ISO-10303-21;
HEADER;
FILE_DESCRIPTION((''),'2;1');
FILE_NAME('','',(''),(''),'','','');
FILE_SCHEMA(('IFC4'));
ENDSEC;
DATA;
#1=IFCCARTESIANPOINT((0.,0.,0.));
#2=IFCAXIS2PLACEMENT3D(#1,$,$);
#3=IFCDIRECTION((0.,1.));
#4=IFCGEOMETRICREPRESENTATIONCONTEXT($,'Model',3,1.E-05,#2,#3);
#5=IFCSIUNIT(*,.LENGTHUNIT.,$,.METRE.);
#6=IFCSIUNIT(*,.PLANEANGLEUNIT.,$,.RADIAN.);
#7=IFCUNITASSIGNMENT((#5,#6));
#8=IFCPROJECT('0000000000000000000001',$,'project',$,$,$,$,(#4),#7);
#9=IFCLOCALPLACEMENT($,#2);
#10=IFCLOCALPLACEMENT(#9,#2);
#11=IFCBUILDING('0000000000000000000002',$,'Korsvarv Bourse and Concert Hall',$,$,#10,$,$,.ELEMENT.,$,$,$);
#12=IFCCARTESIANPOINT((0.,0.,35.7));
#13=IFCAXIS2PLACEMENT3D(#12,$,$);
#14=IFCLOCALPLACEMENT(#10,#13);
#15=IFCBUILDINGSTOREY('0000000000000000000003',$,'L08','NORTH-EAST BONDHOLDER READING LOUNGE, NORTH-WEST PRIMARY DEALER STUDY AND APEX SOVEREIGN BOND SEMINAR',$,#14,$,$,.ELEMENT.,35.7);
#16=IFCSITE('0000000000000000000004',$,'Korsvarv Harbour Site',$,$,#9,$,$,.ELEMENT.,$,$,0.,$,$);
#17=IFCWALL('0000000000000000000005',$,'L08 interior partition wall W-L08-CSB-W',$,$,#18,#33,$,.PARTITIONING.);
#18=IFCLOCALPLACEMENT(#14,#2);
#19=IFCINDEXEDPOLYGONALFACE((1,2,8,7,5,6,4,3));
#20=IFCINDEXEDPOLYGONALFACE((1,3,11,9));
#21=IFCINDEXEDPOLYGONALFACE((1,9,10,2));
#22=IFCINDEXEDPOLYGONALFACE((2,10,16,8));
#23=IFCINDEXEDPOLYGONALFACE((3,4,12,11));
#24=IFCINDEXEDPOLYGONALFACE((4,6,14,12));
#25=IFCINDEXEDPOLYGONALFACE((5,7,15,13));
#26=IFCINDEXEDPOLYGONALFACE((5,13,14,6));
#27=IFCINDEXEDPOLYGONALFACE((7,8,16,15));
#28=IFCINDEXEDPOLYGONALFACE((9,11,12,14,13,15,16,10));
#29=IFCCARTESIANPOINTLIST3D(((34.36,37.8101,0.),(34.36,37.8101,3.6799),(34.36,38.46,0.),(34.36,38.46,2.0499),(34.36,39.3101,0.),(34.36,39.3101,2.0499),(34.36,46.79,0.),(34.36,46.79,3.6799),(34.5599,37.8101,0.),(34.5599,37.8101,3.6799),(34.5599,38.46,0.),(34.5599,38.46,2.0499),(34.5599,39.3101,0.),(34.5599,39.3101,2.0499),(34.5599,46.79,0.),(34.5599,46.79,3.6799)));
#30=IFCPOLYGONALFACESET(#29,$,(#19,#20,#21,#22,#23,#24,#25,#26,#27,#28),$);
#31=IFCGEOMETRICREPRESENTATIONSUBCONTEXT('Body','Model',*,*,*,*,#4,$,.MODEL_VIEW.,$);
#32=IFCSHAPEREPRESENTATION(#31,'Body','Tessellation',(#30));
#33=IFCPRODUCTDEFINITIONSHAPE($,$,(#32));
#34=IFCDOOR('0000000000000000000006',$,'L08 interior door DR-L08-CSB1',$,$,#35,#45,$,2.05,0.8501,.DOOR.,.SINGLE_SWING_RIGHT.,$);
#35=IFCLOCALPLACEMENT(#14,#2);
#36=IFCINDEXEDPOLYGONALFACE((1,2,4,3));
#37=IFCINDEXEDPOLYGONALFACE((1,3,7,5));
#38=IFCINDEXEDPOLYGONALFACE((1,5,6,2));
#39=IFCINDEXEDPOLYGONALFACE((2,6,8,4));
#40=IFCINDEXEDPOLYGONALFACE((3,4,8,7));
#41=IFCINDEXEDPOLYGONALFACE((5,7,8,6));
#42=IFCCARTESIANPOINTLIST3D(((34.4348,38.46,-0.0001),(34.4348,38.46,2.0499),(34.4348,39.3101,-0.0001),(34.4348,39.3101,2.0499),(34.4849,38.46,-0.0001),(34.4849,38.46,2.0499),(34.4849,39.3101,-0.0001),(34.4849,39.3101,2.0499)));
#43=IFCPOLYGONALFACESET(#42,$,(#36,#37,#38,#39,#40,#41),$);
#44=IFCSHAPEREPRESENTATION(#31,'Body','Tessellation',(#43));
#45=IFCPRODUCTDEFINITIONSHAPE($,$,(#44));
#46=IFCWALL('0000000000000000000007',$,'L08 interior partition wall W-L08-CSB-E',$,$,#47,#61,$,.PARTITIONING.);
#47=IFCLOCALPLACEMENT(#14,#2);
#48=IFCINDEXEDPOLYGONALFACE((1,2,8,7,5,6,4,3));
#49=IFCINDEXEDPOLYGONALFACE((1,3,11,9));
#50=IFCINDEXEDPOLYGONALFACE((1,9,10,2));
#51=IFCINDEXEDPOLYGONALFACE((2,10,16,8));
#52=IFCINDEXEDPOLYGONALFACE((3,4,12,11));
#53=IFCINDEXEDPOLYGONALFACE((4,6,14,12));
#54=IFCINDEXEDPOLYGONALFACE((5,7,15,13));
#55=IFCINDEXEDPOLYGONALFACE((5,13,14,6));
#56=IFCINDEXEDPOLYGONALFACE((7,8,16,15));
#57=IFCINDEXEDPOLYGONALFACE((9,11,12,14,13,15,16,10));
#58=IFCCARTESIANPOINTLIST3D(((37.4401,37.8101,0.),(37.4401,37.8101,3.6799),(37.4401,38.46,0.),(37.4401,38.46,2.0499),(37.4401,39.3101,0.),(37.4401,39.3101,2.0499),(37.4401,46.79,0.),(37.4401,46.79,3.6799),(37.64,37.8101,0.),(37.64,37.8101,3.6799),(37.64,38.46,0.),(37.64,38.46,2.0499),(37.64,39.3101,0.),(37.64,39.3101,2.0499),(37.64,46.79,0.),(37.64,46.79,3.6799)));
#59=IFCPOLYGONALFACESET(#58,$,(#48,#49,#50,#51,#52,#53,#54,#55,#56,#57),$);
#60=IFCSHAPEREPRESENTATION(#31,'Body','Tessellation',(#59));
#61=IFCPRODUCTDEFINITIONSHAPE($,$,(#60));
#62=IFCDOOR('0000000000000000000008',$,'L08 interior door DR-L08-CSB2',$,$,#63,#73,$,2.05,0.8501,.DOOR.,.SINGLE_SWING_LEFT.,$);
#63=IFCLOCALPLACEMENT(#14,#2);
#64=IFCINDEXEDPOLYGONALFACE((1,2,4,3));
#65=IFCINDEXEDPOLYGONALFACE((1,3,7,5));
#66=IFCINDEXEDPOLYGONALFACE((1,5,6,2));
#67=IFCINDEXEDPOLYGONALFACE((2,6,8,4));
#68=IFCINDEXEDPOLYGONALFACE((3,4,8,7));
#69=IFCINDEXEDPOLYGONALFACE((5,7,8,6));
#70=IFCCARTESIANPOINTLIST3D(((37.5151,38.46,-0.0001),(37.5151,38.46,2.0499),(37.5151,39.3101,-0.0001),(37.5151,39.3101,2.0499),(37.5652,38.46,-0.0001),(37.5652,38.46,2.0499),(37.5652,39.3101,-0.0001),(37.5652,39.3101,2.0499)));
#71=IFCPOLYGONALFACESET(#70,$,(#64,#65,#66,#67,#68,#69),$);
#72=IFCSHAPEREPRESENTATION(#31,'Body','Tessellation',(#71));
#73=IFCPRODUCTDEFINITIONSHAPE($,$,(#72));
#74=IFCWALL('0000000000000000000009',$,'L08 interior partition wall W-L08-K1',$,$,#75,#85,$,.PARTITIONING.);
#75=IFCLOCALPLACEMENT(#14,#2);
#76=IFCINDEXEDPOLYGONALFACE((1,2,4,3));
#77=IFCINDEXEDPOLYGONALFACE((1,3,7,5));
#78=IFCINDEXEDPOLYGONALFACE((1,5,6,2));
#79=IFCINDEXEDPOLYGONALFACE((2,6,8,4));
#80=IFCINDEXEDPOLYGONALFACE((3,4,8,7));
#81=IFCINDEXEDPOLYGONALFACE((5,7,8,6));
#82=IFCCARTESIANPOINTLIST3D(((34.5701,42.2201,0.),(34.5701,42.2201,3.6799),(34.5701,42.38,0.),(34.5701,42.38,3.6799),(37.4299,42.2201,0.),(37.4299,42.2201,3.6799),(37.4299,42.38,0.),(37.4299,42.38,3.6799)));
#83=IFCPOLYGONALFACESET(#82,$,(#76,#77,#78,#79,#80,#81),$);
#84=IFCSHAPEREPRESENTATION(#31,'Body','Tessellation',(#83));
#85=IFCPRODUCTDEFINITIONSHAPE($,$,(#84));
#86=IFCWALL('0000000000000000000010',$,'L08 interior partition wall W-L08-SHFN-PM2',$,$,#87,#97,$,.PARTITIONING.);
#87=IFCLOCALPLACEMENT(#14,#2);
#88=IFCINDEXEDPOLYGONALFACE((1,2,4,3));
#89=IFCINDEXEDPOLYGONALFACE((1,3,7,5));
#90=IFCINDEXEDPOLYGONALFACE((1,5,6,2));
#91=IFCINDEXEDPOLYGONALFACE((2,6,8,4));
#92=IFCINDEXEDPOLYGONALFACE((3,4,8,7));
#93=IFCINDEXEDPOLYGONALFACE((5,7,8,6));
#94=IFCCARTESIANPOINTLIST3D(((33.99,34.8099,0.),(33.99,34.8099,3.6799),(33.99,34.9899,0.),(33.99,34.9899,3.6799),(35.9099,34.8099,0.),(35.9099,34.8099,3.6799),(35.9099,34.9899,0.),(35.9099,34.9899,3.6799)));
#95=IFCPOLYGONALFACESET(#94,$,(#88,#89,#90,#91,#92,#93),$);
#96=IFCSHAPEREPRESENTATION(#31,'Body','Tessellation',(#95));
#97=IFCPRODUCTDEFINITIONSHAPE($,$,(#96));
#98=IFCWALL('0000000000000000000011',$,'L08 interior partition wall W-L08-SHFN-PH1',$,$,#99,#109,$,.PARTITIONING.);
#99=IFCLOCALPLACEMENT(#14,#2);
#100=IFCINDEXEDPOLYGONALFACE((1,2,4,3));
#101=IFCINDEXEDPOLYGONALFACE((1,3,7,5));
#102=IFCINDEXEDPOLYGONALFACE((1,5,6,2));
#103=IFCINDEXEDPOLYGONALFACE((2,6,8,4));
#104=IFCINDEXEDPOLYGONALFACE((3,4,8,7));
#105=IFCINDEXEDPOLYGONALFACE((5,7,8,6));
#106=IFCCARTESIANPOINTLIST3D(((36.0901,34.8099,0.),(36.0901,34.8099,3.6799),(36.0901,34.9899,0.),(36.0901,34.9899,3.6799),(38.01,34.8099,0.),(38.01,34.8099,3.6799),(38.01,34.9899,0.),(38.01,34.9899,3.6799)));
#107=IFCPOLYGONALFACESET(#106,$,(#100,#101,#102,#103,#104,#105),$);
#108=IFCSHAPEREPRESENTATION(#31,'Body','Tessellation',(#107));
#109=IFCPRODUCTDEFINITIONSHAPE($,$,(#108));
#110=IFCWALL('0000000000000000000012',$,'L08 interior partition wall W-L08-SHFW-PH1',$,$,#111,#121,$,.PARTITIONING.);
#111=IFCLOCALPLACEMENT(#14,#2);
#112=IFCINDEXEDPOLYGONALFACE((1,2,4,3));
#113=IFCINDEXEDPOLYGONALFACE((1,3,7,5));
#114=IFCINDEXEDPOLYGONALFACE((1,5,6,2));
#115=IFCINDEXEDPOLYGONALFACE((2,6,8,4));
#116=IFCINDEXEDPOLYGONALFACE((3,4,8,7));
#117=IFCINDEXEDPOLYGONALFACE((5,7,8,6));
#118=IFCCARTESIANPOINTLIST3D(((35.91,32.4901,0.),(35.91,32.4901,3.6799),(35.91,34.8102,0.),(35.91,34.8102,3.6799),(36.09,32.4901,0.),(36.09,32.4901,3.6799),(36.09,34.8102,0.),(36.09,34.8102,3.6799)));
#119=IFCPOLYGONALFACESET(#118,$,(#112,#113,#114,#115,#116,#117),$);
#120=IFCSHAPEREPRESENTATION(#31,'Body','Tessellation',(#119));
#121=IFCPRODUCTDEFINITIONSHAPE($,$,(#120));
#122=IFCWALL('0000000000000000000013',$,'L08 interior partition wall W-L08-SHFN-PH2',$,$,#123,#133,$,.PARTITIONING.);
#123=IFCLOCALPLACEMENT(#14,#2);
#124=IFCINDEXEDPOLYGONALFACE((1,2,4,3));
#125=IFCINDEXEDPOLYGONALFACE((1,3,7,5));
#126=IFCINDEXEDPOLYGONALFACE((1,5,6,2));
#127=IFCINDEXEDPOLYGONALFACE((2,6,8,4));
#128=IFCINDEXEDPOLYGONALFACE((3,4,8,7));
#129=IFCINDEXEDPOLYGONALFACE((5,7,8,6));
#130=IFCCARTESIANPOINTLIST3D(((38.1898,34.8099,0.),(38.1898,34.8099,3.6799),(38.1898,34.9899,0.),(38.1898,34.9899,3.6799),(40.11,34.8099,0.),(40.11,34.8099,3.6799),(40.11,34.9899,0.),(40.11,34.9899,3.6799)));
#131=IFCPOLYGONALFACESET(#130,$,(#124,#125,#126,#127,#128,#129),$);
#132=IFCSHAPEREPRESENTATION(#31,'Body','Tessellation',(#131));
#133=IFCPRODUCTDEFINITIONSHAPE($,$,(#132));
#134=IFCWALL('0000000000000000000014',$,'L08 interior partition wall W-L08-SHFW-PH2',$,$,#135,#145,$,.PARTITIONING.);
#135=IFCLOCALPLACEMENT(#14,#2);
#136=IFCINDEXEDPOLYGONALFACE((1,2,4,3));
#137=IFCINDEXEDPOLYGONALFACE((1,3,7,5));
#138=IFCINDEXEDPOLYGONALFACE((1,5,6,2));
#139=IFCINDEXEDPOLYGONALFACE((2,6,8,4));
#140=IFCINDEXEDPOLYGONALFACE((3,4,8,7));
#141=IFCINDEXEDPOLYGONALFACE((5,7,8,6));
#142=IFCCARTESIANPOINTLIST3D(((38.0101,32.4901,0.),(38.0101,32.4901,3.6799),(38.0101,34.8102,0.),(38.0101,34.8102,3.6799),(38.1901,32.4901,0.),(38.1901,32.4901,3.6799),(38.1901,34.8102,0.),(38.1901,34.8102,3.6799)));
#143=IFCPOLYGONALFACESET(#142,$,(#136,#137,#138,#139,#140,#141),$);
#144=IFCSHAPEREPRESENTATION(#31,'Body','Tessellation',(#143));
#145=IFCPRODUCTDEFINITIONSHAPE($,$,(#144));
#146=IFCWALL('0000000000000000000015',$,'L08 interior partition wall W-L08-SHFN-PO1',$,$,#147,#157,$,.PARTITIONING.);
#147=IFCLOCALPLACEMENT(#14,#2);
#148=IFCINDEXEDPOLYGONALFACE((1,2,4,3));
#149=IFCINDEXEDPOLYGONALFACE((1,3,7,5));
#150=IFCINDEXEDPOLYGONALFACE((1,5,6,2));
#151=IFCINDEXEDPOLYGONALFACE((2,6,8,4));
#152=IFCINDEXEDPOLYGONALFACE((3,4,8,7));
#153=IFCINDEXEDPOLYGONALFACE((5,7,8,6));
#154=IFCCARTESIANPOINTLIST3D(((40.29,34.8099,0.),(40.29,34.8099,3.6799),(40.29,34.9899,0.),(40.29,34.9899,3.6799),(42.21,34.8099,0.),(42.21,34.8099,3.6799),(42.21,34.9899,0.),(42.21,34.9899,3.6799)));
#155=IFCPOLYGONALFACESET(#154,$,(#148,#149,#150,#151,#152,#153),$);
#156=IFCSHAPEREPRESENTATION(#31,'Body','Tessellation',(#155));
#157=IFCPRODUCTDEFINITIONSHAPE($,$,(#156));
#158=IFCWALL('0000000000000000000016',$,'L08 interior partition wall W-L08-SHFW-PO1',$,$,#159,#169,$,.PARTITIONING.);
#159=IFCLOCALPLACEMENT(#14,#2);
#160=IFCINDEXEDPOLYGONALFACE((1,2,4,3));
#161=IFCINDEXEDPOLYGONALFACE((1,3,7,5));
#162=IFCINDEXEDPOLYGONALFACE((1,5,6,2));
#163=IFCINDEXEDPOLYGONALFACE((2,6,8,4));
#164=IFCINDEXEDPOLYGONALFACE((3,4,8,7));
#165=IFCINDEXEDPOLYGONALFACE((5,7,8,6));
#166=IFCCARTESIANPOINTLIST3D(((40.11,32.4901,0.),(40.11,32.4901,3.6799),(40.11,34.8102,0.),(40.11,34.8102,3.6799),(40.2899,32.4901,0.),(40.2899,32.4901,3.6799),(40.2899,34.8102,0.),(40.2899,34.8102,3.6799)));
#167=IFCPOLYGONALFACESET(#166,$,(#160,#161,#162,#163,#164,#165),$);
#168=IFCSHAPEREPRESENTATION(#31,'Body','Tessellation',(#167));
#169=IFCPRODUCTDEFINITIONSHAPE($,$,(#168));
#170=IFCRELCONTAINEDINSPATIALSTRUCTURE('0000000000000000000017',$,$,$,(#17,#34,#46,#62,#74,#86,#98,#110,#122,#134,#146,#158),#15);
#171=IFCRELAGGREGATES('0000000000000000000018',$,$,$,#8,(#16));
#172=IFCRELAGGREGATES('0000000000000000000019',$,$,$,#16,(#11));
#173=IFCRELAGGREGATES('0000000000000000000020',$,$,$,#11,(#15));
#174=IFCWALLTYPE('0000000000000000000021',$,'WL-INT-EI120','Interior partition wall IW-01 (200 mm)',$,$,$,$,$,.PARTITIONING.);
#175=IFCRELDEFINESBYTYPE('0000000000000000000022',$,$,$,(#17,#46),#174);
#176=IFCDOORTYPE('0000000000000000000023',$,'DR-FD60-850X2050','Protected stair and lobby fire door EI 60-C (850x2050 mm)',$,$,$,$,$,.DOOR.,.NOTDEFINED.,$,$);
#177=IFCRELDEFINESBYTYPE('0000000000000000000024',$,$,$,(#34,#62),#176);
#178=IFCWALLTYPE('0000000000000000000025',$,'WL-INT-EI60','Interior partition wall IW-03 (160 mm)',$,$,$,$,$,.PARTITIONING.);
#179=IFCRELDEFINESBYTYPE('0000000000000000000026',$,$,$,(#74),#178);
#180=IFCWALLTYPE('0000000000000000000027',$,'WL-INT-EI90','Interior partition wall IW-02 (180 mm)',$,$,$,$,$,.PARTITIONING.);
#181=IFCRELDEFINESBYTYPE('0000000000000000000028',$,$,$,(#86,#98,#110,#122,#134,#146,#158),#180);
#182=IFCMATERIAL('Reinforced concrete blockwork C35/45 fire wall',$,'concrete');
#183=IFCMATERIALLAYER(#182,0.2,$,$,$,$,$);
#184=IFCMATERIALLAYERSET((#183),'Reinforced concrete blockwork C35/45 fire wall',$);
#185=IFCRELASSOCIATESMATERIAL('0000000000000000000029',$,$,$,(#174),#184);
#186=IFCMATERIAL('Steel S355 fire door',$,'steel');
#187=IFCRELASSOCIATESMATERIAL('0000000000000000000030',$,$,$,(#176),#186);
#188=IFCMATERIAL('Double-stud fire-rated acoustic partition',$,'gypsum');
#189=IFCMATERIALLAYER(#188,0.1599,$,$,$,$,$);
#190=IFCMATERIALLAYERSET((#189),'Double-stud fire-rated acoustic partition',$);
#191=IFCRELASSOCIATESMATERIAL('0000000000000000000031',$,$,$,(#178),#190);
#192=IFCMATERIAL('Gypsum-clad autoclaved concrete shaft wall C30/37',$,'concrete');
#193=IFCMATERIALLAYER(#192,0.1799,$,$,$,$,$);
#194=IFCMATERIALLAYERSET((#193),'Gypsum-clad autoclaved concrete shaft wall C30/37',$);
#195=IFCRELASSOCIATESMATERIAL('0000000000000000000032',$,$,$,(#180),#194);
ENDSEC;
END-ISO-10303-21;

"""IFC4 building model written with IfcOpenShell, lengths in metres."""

from ifc_helpers import new_model, si_unit, direction, frame, frame_2d, origin, place, context, subcontext, project, spatial, rectangle, extrude, material, layer, layer_set, type_object, element, fill, save


model = new_model("IFC4")

# Units and contexts
model_context = context("Model", 3, precision=1e-05, world=origin(), true_north=direction((0.0, 1.0)))
body_context = subcontext(model_context, "Body", "Model", "MODEL_VIEW")
ifc_project = project(units=[si_unit("LENGTHUNIT", "METRE"), si_unit("PLANEANGLEUNIT", "RADIAN")], contexts=[model_context])

# Site, building, storey
site_placement = place(None, origin())
site = spatial("IfcSite", under=ifc_project, at=site_placement, Name="Korsvarv Harbour Site", CompositionType="ELEMENT", RefElevation=0.0)
building_placement = place(site_placement, origin())
building = spatial("IfcBuilding", under=site, at=building_placement, Name="Korsvarv Bourse and Concert Hall", CompositionType="ELEMENT")
storey_placement = place(building_placement, frame((0.0, 0.0, 35.7)))
storey = spatial("IfcBuildingStorey", under=building, at=storey_placement, Name="L08", Description="NORTH-EAST BONDHOLDER READING LOUNGE, NORTH-WEST PRIMARY DEALER STUDY AND APEX SOVEREIGN BOND SEMINAR", CompositionType="ELEMENT", Elevation=35.7)

# Shared definitions
ifc_material_1 = material(Name="Steel S355 fire door", Category="steel")

# Walls, openings, doors
ifc_material_2 = material(Name="Reinforced concrete blockwork C35/45 fire wall", Category="concrete")
ifc_layer_1 = layer(ifc_material_2, 0.2)
ifc_layer_set_1 = layer_set([ifc_layer_1], Name="Reinforced concrete blockwork C35/45 fire wall")
wall_type_1 = type_object("IfcWallType", Name="WL-INT-EI120", Description="Interior partition wall IW-01 (200 mm)", PredefinedType="PARTITIONING", material=ifc_layer_set_1)
wall_1_placement = place(storey_placement, frame((34.46, 37.8101, 0.0), z_axis=(0.0, 0.0, 1.0), x_axis=(0.0, 1.0, 0.0)))
wall_1 = element("IfcWall", 1, at=wall_1_placement, inside=storey, type_object=wall_type_1, Name="L08 interior partition wall W-L08-CSB-W", PredefinedType="PARTITIONING", context=body_context, shape_type="SweptSolid", body=[
    extrude(rectangle(XDim=8.98, YDim=0.2, at=frame_2d((4.49, 0.0))), origin(), (0.0, 0.0, 1.0), 3.6799),
])
opening_1_placement = place(wall_1_placement, frame((0.6499, 0.0, 0.0)))
opening_1 = element("IfcOpeningElement", 2, at=opening_1_placement, cuts=wall_1, PredefinedType="OPENING", context=body_context, shape_type="SweptSolid", body=[
    extrude(rectangle(XDim=0.8501, YDim=2.05, at=frame_2d((0.425, 1.0249))), frame((0.0, 0.1099, 0.0), z_axis=(0.0, -1.0, 0.0), x_axis=(1.0, 0.0, 0.0)), (0.0, 0.0, 1.0), 0.22),
])
door_type_1 = type_object("IfcDoorType", Name="DR-FD60-850X2050", Description="Protected stair and lobby fire door EI 60-C (850x2050 mm)", OperationType="NOTDEFINED", PredefinedType="DOOR", material=ifc_material_1)
door_1_placement = place(opening_1_placement, frame((0.8501, 0.0, 0.0), z_axis=(0.0, 0.0, 1.0), x_axis=(-1.0, 0.0, 0.0)))
door_1 = element("IfcDoor", 3, at=door_1_placement, inside=storey, type_object=door_type_1, Name="L08 interior door DR-L08-CSB1", OperationType="SINGLE_SWING_RIGHT", OverallHeight=2.05, OverallWidth=0.8501, PredefinedType="DOOR", context=body_context, shape_type="SweptSolid", body=[
    extrude(rectangle(XDim=0.8501, YDim=2.05, at=frame_2d((0.425, 1.0249))), frame((0.0, 0.0249, 0.0), z_axis=(0.0, -1.0, 0.0), x_axis=(1.0, 0.0, 0.0)), (0.0, 0.0, 1.0), 0.05),
])
fill(opening_1, door_1)
wall_2_placement = place(storey_placement, frame((37.54, 37.8101, 0.0), z_axis=(0.0, 0.0, 1.0), x_axis=(0.0, 1.0, 0.0)))
wall_2 = element("IfcWall", 4, at=wall_2_placement, inside=storey, type_object=wall_type_1, Name="L08 interior partition wall W-L08-CSB-E", PredefinedType="PARTITIONING", context=body_context, shape_type="SweptSolid", body=[
    extrude(rectangle(XDim=8.98, YDim=0.2, at=frame_2d((4.49, 0.0))), origin(), (0.0, 0.0, 1.0), 3.6799),
])
opening_2_placement = place(wall_2_placement, frame((0.6499, 0.0, 0.0)))
opening_2 = element("IfcOpeningElement", 5, at=opening_2_placement, cuts=wall_2, PredefinedType="OPENING", context=body_context, shape_type="SweptSolid", body=[
    extrude(rectangle(XDim=0.8501, YDim=2.05, at=frame_2d((0.425, 1.0249))), frame((0.0, 0.1099, 0.0), z_axis=(0.0, -1.0, 0.0), x_axis=(1.0, 0.0, 0.0)), (0.0, 0.0, 1.0), 0.22),
])
door_2_placement = place(opening_2_placement, origin())
door_2 = element("IfcDoor", 6, at=door_2_placement, inside=storey, type_object=door_type_1, Name="L08 interior door DR-L08-CSB2", OperationType="SINGLE_SWING_LEFT", OverallHeight=2.05, OverallWidth=0.8501, PredefinedType="DOOR", context=body_context, shape_type="SweptSolid", body=[
    extrude(rectangle(XDim=0.8501, YDim=2.05, at=frame_2d((0.425, 1.0249))), frame((0.0, 0.0249, 0.0), z_axis=(0.0, -1.0, 0.0), x_axis=(1.0, 0.0, 0.0)), (0.0, 0.0, 1.0), 0.05),
])
fill(opening_2, door_2)

# Walls
ifc_material_3 = material(Name="Double-stud fire-rated acoustic partition", Category="gypsum")
ifc_layer_2 = layer(ifc_material_3, 0.1599)
ifc_layer_set_2 = layer_set([ifc_layer_2], Name="Double-stud fire-rated acoustic partition")
wall_type_2 = type_object("IfcWallType", Name="WL-INT-EI60", Description="Interior partition wall IW-03 (160 mm)", PredefinedType="PARTITIONING", material=ifc_layer_set_2)
wall_3_placement = place(storey_placement, frame((34.5701, 42.3, 0.0), z_axis=(0.0, 0.0, 1.0), x_axis=(1.0, 0.0, 0.0)))
element("IfcWall", 7, at=wall_3_placement, inside=storey, type_object=wall_type_2, Name="L08 interior partition wall W-L08-K1", PredefinedType="PARTITIONING", context=body_context, shape_type="SweptSolid", body=[
    extrude(rectangle(XDim=2.8599, YDim=0.1599, at=frame_2d((1.4299, 0.0))), origin(), (0.0, 0.0, 1.0), 3.6799),
])
ifc_material_4 = material(Name="Gypsum-clad autoclaved concrete shaft wall C30/37", Category="concrete")
ifc_layer_3 = layer(ifc_material_4, 0.1799)
ifc_layer_set_3 = layer_set([ifc_layer_3], Name="Gypsum-clad autoclaved concrete shaft wall C30/37")
wall_type_3 = type_object("IfcWallType", Name="WL-INT-EI90", Description="Interior partition wall IW-02 (180 mm)", PredefinedType="PARTITIONING", material=ifc_layer_set_3)
for number, where, z_axis, x_axis, name in (
    (8, (33.99, 34.8999, 0.0), (0.0, 0.0, 1.0), (1.0, 0.0, 0.0), "L08 interior partition wall W-L08-SHFN-PM2"),
    (9, (36.0901, 34.8999, 0.0), (0.0, 0.0, 1.0), (1.0, 0.0, 0.0), "L08 interior partition wall W-L08-SHFN-PH1"),
):
    element("IfcWall", number, at=place(storey_placement, frame(where, z_axis=z_axis, x_axis=x_axis)), inside=storey, type_object=wall_type_3, Name=name, PredefinedType="PARTITIONING", context=body_context, shape_type="SweptSolid", body=[
        extrude(rectangle(XDim=1.9199, YDim=0.1799, at=frame_2d((0.96, 0.0))), origin(), (0.0, 0.0, 1.0), 3.6799),
    ])
wall_4_placement = place(storey_placement, frame((36.0, 32.49, 0.0), z_axis=(0.0, 0.0, 1.0), x_axis=(0.0, 1.0, 0.0)))
element("IfcWall", 10, at=wall_4_placement, inside=storey, type_object=wall_type_3, Name="L08 interior partition wall W-L08-SHFW-PH1", PredefinedType="PARTITIONING", context=body_context, shape_type="SweptSolid", body=[
    extrude(rectangle(XDim=2.3201, YDim=0.1799, at=frame_2d((1.1602, 0.0))), origin(), (0.0, 0.0, 1.0), 3.6799),
])
wall_5_placement = place(storey_placement, frame((38.1899, 34.8999, 0.0), z_axis=(0.0, 0.0, 1.0), x_axis=(1.0, 0.0, 0.0)))
element("IfcWall", 11, at=wall_5_placement, inside=storey, type_object=wall_type_3, Name="L08 interior partition wall W-L08-SHFN-PH2", PredefinedType="PARTITIONING", context=body_context, shape_type="SweptSolid", body=[
    extrude(rectangle(XDim=1.9202, YDim=0.1799, at=frame_2d((0.96, 0.0))), origin(), (0.0, 0.0, 1.0), 3.6799),
])
wall_6_placement = place(storey_placement, frame((38.1001, 32.49, 0.0), z_axis=(0.0, 0.0, 1.0), x_axis=(0.0, 1.0, 0.0)))
element("IfcWall", 12, at=wall_6_placement, inside=storey, type_object=wall_type_3, Name="L08 interior partition wall W-L08-SHFW-PH2", PredefinedType="PARTITIONING", context=body_context, shape_type="SweptSolid", body=[
    extrude(rectangle(XDim=2.3201, YDim=0.1799, at=frame_2d((1.1602, 0.0))), origin(), (0.0, 0.0, 1.0), 3.6799),
])
wall_7_placement = place(storey_placement, frame((40.29, 34.8999, 0.0), z_axis=(0.0, 0.0, 1.0), x_axis=(1.0, 0.0, 0.0)))
element("IfcWall", 13, at=wall_7_placement, inside=storey, type_object=wall_type_3, Name="L08 interior partition wall W-L08-SHFN-PO1", PredefinedType="PARTITIONING", context=body_context, shape_type="SweptSolid", body=[
    extrude(rectangle(XDim=1.9199, YDim=0.1799, at=frame_2d((0.96, 0.0))), origin(), (0.0, 0.0, 1.0), 3.6799),
])
wall_8_placement = place(storey_placement, frame((40.2, 32.49, 0.0), z_axis=(0.0, 0.0, 1.0), x_axis=(0.0, 1.0, 0.0)))
element("IfcWall", 14, at=wall_8_placement, inside=storey, type_object=wall_type_3, Name="L08 interior partition wall W-L08-SHFW-PO1", PredefinedType="PARTITIONING", context=body_context, shape_type="SweptSolid", body=[
    extrude(rectangle(XDim=2.3201, YDim=0.1799, at=frame_2d((1.1602, 0.0))), origin(), (0.0, 0.0, 1.0), 3.6799),
])

save(model, "model.ifc")
